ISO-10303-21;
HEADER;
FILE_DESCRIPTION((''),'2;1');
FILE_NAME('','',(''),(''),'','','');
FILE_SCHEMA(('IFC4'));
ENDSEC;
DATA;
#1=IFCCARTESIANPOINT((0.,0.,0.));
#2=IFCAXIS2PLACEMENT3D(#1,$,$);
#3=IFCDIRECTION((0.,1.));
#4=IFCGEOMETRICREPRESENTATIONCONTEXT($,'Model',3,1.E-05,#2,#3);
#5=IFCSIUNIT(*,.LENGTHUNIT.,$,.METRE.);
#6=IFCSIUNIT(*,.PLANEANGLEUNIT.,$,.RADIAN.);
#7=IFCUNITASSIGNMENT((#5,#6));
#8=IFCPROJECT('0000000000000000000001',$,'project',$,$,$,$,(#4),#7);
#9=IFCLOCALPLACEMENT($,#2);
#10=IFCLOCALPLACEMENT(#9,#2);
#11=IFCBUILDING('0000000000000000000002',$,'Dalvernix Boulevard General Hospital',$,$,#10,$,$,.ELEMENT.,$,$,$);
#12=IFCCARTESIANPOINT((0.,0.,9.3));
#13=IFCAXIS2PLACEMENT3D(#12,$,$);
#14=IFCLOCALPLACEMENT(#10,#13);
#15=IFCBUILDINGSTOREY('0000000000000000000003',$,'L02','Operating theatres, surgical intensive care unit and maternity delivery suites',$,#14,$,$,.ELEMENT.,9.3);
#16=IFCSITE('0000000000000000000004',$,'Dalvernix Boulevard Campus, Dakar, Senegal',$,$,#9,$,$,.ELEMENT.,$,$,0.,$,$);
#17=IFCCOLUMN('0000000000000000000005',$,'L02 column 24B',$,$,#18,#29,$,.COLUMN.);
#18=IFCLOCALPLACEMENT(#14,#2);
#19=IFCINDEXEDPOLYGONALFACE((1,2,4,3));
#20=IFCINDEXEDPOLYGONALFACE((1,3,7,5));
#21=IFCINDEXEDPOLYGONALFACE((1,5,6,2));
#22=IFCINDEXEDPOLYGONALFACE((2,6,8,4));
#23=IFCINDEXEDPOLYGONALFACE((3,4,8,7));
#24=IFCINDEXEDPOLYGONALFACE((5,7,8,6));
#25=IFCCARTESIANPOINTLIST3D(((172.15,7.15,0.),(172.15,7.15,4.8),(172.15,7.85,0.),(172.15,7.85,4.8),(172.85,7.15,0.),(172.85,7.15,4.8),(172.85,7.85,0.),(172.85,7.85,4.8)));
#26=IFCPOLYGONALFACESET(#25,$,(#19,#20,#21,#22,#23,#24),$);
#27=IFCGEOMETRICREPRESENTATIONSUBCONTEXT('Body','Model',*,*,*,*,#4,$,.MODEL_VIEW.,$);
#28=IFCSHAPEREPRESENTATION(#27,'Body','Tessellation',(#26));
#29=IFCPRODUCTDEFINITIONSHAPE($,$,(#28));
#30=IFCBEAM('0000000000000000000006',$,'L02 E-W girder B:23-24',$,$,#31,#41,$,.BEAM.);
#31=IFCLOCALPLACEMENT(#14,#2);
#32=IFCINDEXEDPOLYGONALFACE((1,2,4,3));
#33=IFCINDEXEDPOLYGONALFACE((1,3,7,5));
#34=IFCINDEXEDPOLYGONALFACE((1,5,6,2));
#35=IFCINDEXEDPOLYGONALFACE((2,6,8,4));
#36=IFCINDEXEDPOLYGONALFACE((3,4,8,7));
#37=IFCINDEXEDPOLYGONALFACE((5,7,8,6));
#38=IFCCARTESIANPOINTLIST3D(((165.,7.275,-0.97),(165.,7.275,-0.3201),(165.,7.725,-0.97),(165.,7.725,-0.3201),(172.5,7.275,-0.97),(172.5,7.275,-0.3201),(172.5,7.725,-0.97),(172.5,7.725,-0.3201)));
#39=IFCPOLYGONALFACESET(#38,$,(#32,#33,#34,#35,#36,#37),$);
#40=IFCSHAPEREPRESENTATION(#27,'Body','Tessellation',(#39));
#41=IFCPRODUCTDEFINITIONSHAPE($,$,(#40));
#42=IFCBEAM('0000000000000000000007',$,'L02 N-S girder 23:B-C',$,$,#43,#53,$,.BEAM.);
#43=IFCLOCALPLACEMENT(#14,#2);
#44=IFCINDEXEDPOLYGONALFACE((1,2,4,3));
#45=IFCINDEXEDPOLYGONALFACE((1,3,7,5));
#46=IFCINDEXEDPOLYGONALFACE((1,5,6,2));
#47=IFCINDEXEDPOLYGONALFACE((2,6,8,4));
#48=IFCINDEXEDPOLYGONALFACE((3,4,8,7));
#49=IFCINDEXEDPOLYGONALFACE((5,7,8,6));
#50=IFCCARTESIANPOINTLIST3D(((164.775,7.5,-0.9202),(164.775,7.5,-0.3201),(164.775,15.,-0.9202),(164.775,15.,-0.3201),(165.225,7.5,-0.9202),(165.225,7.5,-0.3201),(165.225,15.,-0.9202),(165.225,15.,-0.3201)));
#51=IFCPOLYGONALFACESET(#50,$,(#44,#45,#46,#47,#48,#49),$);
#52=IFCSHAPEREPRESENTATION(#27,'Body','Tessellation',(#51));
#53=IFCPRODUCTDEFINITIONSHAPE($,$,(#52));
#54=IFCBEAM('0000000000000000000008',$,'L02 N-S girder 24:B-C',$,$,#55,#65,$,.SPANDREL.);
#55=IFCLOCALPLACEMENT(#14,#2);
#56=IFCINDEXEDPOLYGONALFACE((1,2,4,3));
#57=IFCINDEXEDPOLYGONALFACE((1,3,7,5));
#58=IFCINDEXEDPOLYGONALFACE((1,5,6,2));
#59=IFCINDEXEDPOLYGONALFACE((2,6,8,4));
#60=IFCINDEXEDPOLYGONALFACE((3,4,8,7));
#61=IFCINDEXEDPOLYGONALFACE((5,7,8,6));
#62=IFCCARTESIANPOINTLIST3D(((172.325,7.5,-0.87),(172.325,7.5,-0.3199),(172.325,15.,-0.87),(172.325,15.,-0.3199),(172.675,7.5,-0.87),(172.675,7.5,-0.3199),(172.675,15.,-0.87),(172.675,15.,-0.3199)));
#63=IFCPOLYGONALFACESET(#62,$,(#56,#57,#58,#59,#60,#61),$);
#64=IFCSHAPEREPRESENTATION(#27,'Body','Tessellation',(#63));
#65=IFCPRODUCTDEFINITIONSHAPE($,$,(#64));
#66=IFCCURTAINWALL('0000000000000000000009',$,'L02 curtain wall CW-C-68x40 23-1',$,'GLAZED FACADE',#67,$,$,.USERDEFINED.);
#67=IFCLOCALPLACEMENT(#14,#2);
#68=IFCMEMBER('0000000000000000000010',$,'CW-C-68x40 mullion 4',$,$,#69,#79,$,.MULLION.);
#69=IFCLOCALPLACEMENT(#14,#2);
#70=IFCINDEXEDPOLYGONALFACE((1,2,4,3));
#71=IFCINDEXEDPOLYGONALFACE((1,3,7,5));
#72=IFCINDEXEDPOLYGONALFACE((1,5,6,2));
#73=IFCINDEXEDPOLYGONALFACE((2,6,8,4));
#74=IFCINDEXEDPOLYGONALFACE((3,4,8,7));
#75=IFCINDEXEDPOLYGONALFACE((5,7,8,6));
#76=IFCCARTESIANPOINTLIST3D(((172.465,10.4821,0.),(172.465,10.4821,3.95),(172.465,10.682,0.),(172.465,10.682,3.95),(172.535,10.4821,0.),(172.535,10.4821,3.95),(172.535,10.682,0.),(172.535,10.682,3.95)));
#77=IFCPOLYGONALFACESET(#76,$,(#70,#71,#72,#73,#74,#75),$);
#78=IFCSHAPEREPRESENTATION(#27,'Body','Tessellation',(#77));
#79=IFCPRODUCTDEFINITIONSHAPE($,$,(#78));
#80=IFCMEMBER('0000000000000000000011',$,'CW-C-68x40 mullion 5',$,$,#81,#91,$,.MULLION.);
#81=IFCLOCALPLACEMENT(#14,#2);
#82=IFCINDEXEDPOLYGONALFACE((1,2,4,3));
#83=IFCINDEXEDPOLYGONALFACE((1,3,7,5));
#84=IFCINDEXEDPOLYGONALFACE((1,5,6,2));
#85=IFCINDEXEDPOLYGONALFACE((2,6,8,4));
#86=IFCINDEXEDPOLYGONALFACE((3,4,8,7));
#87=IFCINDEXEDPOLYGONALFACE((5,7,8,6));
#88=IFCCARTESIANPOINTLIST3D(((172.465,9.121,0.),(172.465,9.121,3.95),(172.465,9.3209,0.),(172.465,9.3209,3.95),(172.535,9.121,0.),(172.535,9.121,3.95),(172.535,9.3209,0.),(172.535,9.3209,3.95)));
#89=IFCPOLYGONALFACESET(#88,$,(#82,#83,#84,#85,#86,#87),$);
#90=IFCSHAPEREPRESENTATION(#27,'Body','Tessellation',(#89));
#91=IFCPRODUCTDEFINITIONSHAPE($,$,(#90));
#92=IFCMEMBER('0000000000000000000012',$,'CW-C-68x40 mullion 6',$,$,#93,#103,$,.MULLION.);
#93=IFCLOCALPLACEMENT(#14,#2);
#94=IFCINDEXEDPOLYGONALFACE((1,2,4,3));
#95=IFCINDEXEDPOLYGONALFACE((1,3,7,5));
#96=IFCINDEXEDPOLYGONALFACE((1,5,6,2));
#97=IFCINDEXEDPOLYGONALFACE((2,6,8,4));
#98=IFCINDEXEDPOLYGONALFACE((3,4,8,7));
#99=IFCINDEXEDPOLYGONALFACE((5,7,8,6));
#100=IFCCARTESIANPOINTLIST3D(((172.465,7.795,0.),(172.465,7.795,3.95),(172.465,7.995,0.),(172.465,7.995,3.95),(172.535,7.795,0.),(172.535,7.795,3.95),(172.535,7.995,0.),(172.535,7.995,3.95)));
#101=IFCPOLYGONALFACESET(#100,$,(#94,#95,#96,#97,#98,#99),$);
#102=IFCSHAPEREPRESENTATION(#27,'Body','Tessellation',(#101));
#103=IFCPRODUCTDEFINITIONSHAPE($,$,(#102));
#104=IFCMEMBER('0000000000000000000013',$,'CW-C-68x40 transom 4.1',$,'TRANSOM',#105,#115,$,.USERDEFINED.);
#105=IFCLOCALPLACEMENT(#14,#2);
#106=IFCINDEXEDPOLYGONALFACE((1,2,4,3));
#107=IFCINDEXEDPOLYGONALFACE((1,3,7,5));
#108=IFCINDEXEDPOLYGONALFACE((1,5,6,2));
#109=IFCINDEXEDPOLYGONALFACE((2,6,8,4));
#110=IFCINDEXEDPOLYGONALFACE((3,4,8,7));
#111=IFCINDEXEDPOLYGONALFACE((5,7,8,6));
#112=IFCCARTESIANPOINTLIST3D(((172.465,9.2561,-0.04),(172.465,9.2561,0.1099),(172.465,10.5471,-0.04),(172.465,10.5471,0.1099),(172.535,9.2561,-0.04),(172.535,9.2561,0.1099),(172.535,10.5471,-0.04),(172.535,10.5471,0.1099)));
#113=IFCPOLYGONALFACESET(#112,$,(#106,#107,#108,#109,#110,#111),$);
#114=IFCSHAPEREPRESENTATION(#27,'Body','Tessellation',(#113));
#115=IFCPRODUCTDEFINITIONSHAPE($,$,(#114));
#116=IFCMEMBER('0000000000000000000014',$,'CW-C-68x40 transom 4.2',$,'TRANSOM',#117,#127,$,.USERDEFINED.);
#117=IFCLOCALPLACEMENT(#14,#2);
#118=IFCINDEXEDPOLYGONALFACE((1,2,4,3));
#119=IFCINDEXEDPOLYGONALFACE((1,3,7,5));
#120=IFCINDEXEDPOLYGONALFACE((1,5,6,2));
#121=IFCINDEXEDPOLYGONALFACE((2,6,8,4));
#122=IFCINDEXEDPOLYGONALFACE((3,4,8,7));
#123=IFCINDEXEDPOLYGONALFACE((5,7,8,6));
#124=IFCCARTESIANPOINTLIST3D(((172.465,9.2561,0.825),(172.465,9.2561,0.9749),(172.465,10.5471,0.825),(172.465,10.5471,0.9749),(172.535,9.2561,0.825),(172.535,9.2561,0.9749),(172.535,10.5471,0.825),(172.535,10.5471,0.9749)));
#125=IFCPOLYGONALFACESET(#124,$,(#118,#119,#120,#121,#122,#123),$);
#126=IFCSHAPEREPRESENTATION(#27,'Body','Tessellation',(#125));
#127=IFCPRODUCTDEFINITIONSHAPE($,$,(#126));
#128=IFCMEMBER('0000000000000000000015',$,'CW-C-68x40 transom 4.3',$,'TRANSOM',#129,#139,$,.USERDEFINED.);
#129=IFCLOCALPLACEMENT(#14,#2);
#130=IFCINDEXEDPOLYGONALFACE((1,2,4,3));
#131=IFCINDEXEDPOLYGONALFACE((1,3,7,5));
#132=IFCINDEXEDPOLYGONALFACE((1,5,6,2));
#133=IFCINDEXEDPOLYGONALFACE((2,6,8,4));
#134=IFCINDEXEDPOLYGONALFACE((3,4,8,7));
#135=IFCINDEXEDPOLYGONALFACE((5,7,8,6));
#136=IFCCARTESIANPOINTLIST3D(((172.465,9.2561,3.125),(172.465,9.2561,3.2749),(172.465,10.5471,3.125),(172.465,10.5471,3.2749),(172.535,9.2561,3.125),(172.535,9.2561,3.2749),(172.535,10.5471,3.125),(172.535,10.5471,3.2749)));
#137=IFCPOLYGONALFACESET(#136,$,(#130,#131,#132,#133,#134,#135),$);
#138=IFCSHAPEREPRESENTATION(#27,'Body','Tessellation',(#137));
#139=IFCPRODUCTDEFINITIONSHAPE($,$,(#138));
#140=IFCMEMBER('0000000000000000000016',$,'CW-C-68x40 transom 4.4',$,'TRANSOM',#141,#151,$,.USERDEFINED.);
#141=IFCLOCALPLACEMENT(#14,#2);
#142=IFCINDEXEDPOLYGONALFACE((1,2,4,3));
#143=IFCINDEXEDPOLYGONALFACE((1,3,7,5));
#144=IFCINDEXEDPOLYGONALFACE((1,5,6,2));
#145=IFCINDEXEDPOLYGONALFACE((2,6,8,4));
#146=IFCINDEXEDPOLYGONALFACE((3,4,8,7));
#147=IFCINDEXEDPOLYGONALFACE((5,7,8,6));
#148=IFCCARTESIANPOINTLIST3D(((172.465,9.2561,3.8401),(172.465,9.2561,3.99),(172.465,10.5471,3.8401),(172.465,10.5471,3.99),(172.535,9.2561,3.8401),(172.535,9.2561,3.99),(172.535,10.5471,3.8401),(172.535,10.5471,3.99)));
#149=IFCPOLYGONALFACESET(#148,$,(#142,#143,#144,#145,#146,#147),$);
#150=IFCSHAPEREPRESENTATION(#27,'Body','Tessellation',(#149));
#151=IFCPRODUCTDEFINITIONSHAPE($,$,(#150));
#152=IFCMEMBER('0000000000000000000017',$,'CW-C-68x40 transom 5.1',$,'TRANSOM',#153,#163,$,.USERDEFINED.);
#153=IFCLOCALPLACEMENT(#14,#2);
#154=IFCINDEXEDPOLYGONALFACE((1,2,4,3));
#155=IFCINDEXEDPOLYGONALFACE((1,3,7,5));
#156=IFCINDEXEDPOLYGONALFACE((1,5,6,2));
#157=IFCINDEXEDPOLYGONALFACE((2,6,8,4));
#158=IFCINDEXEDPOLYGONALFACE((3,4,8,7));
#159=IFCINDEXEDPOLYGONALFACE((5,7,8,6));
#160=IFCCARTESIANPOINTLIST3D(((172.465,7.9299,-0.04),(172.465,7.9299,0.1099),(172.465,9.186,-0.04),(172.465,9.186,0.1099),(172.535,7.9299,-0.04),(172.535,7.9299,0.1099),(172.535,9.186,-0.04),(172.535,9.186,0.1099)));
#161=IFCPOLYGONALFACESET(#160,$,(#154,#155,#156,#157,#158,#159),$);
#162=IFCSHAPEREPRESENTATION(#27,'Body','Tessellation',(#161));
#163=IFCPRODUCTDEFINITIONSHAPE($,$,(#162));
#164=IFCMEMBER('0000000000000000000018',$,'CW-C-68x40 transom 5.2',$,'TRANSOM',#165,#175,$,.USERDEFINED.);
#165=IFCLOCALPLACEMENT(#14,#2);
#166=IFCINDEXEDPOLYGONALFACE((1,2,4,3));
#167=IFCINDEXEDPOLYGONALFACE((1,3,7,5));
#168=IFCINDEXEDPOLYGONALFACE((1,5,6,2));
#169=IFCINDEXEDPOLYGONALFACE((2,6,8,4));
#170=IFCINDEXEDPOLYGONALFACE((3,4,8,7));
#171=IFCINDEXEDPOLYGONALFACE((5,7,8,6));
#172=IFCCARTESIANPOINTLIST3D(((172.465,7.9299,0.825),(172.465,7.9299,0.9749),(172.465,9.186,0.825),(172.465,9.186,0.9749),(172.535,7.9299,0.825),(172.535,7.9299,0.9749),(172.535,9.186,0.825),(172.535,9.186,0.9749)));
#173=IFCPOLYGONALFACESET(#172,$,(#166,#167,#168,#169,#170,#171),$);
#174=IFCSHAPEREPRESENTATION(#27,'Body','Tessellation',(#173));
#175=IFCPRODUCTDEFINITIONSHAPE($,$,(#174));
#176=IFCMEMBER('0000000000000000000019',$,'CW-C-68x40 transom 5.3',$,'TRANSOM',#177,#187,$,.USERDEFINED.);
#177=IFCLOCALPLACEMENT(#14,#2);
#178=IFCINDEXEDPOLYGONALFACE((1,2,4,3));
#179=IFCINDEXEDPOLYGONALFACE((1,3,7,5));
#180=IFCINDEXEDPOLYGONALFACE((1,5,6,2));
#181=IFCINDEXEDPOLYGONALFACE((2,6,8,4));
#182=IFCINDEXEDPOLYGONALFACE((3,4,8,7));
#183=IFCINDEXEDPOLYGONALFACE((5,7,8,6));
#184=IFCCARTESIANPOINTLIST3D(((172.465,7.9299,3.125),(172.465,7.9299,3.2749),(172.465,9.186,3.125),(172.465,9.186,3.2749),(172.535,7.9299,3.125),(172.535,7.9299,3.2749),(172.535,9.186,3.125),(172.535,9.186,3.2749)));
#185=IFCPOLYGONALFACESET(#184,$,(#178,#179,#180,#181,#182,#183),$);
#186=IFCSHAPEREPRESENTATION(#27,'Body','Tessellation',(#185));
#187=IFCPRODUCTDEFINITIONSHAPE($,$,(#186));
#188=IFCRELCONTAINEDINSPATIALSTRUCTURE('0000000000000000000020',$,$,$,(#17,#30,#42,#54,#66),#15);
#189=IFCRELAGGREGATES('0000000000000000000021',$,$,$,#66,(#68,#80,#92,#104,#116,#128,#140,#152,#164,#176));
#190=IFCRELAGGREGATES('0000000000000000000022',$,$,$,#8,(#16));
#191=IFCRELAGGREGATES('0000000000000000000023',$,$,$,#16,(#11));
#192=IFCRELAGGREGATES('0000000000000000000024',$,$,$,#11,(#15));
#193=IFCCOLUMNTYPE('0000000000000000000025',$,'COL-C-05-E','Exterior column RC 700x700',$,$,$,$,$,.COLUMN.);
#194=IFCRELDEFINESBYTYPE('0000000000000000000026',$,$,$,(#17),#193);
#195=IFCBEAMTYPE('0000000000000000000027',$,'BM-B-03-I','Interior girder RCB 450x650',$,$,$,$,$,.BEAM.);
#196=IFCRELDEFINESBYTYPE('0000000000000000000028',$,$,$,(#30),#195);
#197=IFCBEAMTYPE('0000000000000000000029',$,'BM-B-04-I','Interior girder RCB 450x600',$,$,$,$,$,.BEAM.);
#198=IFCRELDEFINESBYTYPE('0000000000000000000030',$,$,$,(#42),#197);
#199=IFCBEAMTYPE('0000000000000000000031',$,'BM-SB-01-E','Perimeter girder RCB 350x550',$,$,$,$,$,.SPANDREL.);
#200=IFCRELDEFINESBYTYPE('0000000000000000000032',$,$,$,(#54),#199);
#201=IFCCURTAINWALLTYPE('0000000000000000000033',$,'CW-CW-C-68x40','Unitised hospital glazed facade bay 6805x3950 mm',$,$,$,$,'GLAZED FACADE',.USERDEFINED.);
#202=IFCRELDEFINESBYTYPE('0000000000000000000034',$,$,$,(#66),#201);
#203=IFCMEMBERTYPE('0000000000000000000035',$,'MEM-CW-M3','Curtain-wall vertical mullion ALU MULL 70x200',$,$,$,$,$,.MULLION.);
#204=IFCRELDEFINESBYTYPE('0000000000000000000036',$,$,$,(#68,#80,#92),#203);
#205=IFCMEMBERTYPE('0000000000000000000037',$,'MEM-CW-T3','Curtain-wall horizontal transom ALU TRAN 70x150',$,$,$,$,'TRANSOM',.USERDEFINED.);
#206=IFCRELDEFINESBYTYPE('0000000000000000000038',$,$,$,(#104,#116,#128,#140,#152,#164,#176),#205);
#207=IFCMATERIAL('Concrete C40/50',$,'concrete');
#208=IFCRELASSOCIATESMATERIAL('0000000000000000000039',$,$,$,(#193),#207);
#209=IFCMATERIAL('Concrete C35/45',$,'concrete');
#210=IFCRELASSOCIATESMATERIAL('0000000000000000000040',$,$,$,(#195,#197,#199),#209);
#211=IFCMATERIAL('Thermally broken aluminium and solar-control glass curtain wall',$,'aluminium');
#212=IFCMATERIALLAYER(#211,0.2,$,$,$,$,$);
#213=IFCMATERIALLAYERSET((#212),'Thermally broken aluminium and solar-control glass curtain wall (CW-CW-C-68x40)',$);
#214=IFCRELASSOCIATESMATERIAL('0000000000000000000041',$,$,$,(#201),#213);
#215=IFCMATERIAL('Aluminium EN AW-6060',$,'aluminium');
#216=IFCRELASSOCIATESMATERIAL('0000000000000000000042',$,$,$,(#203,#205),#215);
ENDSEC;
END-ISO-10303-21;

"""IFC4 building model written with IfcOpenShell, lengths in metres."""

from ifc_helpers import new_model, si_unit, direction, frame, origin, origin_2d, place, context, subcontext, project, spatial, rectangle, extrude, material, layer, layer_set, material_profile, profile_set, type_object, element, aggregate, save


model = new_model("IFC4")

# Units and contexts
model_context = context("Model", 3, precision=1e-05, world=origin(), true_north=direction((0.0, 1.0)))
body_context = subcontext(model_context, "Body", "Model", "MODEL_VIEW")
ifc_project = project(units=[si_unit("LENGTHUNIT", "METRE"), si_unit("PLANEANGLEUNIT", "RADIAN")], contexts=[model_context])

# Site, building, storey
site_placement = place(None, origin())
site = spatial("IfcSite", under=ifc_project, at=site_placement, Name="Dalvernix Boulevard Campus, Dakar, Senegal", CompositionType="ELEMENT", RefElevation=0.0)
building_placement = place(site_placement, origin())
building = spatial("IfcBuilding", under=site, at=building_placement, Name="Dalvernix Boulevard General Hospital", CompositionType="ELEMENT")
storey_placement = place(building_placement, frame((0.0, 0.0, 9.3)))
storey = spatial("IfcBuildingStorey", under=building, at=storey_placement, Name="L02", Description="Operating theatres, surgical intensive care unit and maternity delivery suites", CompositionType="ELEMENT", Elevation=9.3)

# Column
ifc_material_1 = material(Name="Concrete C40/50", Category="concrete")
ifc_material_profile_1 = material_profile(ifc_material_1, rectangle(XDim=0.7, YDim=0.7, at=origin_2d()), Name="RC 700x700")
ifc_profile_set_1 = profile_set([ifc_material_profile_1], Name="Concrete C40/50")
column_type = type_object("IfcColumnType", Name="COL-C-05-E", Description="Exterior column RC 700x700", PredefinedType="COLUMN", material=ifc_profile_set_1)
column_placement = place(storey_placement, frame((172.5, 7.5, 0.0), z_axis=(0.0, 0.0, 1.0), x_axis=(1.0, 0.0, 0.0)))
element("IfcColumn", 1, at=column_placement, inside=storey, type_object=column_type, Name="L02 column 24B", PredefinedType="COLUMN", context=body_context, shape_type="SweptSolid", body=[
    extrude(rectangle(XDim=0.7, YDim=0.7, at=origin_2d()), origin(), (0.0, 0.0, 1.0), 4.8),
])

# Beams
ifc_material_2 = material(Name="Concrete C35/45", Category="concrete")
ifc_material_profile_2 = material_profile(ifc_material_2, rectangle(XDim=0.45, YDim=0.6499, at=origin_2d()), Name="RCB 450x650")
ifc_profile_set_2 = profile_set([ifc_material_profile_2], Name="Concrete C35/45")
beam_type_1 = type_object("IfcBeamType", Name="BM-B-03-I", Description="Interior girder RCB 450x650", PredefinedType="BEAM", material=ifc_profile_set_2)
beam_1_placement = place(storey_placement, frame((165.0, 7.5, -0.645), z_axis=(1.0, 0.0, 0.0), x_axis=(0.0, 1.0, 0.0)))
element("IfcBeam", 2, at=beam_1_placement, inside=storey, type_object=beam_type_1, Name="L02 E-W girder B:23-24", PredefinedType="BEAM", context=body_context, shape_type="SweptSolid", body=[
    extrude(rectangle(XDim=0.45, YDim=0.6499, at=origin_2d()), origin(), (0.0, 0.0, 1.0), 7.5),
])
ifc_material_profile_3 = material_profile(ifc_material_2, rectangle(XDim=0.45, YDim=0.6001, at=origin_2d()), Name="RCB 450x600")
ifc_profile_set_3 = profile_set([ifc_material_profile_3], Name="Concrete C35/45")
beam_type_2 = type_object("IfcBeamType", Name="BM-B-04-I", Description="Interior girder RCB 450x600", PredefinedType="BEAM", material=ifc_profile_set_3)
beam_2_placement = place(storey_placement, frame((165.0, 7.5, -0.6201), z_axis=(0.0, 1.0, 0.0), x_axis=(-1.0, 0.0, 0.0)))
element("IfcBeam", 3, at=beam_2_placement, inside=storey, type_object=beam_type_2, Name="L02 N-S girder 23:B-C", PredefinedType="BEAM", context=body_context, shape_type="SweptSolid", body=[
    extrude(rectangle(XDim=0.45, YDim=0.6001, at=origin_2d()), origin(), (0.0, 0.0, 1.0), 7.5),
])
ifc_material_profile_4 = material_profile(ifc_material_2, rectangle(XDim=0.3501, YDim=0.55, at=origin_2d()), Name="RCB 350x550")
ifc_profile_set_4 = profile_set([ifc_material_profile_4], Name="Concrete C35/45")
beam_type_3 = type_object("IfcBeamType", Name="BM-SB-01-E", Description="Perimeter girder RCB 350x550", PredefinedType="SPANDREL", material=ifc_profile_set_4)
beam_3_placement = place(storey_placement, frame((172.5, 7.5, -0.595), z_axis=(0.0, 1.0, 0.0), x_axis=(-1.0, 0.0, 0.0)))
element("IfcBeam", 4, at=beam_3_placement, inside=storey, type_object=beam_type_3, Name="L02 N-S girder 24:B-C", PredefinedType="SPANDREL", context=body_context, shape_type="SweptSolid", body=[
    extrude(rectangle(XDim=0.3501, YDim=0.55, at=origin_2d()), origin(), (0.0, 0.0, 1.0), 7.5),
])

# Curtain wall, members
ifc_material_3 = material(Name="Thermally broken aluminium and solar-control glass curtain wall", Category="aluminium")
ifc_layer_1 = layer(ifc_material_3, 0.2)
ifc_layer_set_1 = layer_set([ifc_layer_1], Name="Thermally broken aluminium and solar-control glass curtain wall (CW-CW-C-68x40)")
curtain_wall_type = type_object("IfcCurtainWallType", Name="CW-CW-C-68x40", Description="Unitised hospital glazed facade bay 6805x3950 mm", ElementType="GLAZED FACADE", PredefinedType="USERDEFINED", material=ifc_layer_set_1)
curtain_wall_placement = place(storey_placement, origin())
curtain_wall = element("IfcCurtainWall", 5, at=curtain_wall_placement, inside=storey, type_object=curtain_wall_type, Name="L02 curtain wall CW-C-68x40 23-1", ObjectType="GLAZED FACADE", PredefinedType="USERDEFINED")
ifc_material_4 = material(Name="Aluminium EN AW-6060", Category="aluminium")
ifc_material_profile_5 = material_profile(ifc_material_4, rectangle(XDim=0.0701, YDim=0.2, at=origin_2d()), Name="ALU MULL 70x200")
ifc_profile_set_5 = profile_set([ifc_material_profile_5], Name="Aluminium EN AW-6060")
member_type_1 = type_object("IfcMemberType", Name="MEM-CW-M3", Description="Curtain-wall vertical mullion ALU MULL 70x200", PredefinedType="MULLION", material=ifc_profile_set_5)
member_1_placement = place(storey_placement, frame((172.5, 10.582, 0.0), z_axis=(0.0, 0.0, 1.0), x_axis=(1.0, 0.0, 0.0)))
member_1 = element("IfcMember", 6, at=member_1_placement, type_object=member_type_1, Name="CW-C-68x40 mullion 4", PredefinedType="MULLION", context=body_context, shape_type="SweptSolid", body=[
    extrude(rectangle(XDim=0.0701, YDim=0.2, at=origin_2d()), origin(), (0.0, 0.0, 1.0), 3.95),
])
member_2_placement = place(storey_placement, frame((172.5, 9.2209, 0.0), z_axis=(0.0, 0.0, 1.0), x_axis=(1.0, 0.0, 0.0)))
member_2 = element("IfcMember", 7, at=member_2_placement, type_object=member_type_1, Name="CW-C-68x40 mullion 5", PredefinedType="MULLION", context=body_context, shape_type="SweptSolid", body=[
    extrude(rectangle(XDim=0.0701, YDim=0.2, at=origin_2d()), origin(), (0.0, 0.0, 1.0), 3.95),
])
member_3_placement = place(storey_placement, frame((172.5, 7.895, 0.0), z_axis=(0.0, 0.0, 1.0), x_axis=(1.0, 0.0, 0.0)))
member_3 = element("IfcMember", 8, at=member_3_placement, type_object=member_type_1, Name="CW-C-68x40 mullion 6", PredefinedType="MULLION", context=body_context, shape_type="SweptSolid", body=[
    extrude(rectangle(XDim=0.0701, YDim=0.2, at=origin_2d()), origin(), (0.0, 0.0, 1.0), 3.95),
])
ifc_material_profile_6 = material_profile(ifc_material_4, rectangle(XDim=0.0701, YDim=0.1499, at=origin_2d()), Name="ALU TRAN 70x150")
ifc_profile_set_6 = profile_set([ifc_material_profile_6], Name="Aluminium EN AW-6060")
member_type_2 = type_object("IfcMemberType", Name="MEM-CW-T3", Description="Curtain-wall horizontal transom ALU TRAN 70x150", ElementType="TRANSOM", PredefinedType="USERDEFINED", material=ifc_profile_set_6)
member_4_placement = place(storey_placement, frame((172.5, 10.5471, 0.0349), z_axis=(0.0, -1.0, 0.0), x_axis=(1.0, 0.0, 0.0)))
member_4 = element("IfcMember", 9, at=member_4_placement, type_object=member_type_2, Name="CW-C-68x40 transom 4.1", ObjectType="TRANSOM", PredefinedType="USERDEFINED", context=body_context, shape_type="SweptSolid", body=[
    extrude(rectangle(XDim=0.0701, YDim=0.1499, at=origin_2d()), origin(), (0.0, 0.0, 1.0), 1.291),
])
member_5_placement = place(storey_placement, frame((172.5, 10.5471, 0.8999), z_axis=(0.0, -1.0, 0.0), x_axis=(1.0, 0.0, 0.0)))
member_5 = element("IfcMember", 10, at=member_5_placement, type_object=member_type_2, Name="CW-C-68x40 transom 4.2", ObjectType="TRANSOM", PredefinedType="USERDEFINED", context=body_context, shape_type="SweptSolid", body=[
    extrude(rectangle(XDim=0.0701, YDim=0.1499, at=origin_2d()), origin(), (0.0, 0.0, 1.0), 1.291),
])
member_6_placement = place(storey_placement, frame((172.5, 10.5471, 3.2), z_axis=(0.0, -1.0, 0.0), x_axis=(1.0, 0.0, 0.0)))
member_6 = element("IfcMember", 11, at=member_6_placement, type_object=member_type_2, Name="CW-C-68x40 transom 4.3", ObjectType="TRANSOM", PredefinedType="USERDEFINED", context=body_context, shape_type="SweptSolid", body=[
    extrude(rectangle(XDim=0.0701, YDim=0.1499, at=origin_2d()), origin(), (0.0, 0.0, 1.0), 1.291),
])
member_7_placement = place(storey_placement, frame((172.5, 10.5471, 3.915), z_axis=(0.0, -1.0, 0.0), x_axis=(1.0, 0.0, 0.0)))
member_7 = element("IfcMember", 12, at=member_7_placement, type_object=member_type_2, Name="CW-C-68x40 transom 4.4", ObjectType="TRANSOM", PredefinedType="USERDEFINED", context=body_context, shape_type="SweptSolid", body=[
    extrude(rectangle(XDim=0.0701, YDim=0.1499, at=origin_2d()), origin(), (0.0, 0.0, 1.0), 1.291),
])
member_8_placement = place(storey_placement, frame((172.5, 9.186, 0.0349), z_axis=(0.0, -1.0, 0.0), x_axis=(1.0, 0.0, 0.0)))
member_8 = element("IfcMember", 13, at=member_8_placement, type_object=member_type_2, Name="CW-C-68x40 transom 5.1", ObjectType="TRANSOM", PredefinedType="USERDEFINED", context=body_context, shape_type="SweptSolid", body=[
    extrude(rectangle(XDim=0.0701, YDim=0.1499, at=origin_2d()), origin(), (0.0, 0.0, 1.0), 1.2561),
])
member_9_placement = place(storey_placement, frame((172.5, 9.186, 0.8999), z_axis=(0.0, -1.0, 0.0), x_axis=(1.0, 0.0, 0.0)))
member_9 = element("IfcMember", 14, at=member_9_placement, type_object=member_type_2, Name="CW-C-68x40 transom 5.2", ObjectType="TRANSOM", PredefinedType="USERDEFINED", context=body_context, shape_type="SweptSolid", body=[
    extrude(rectangle(XDim=0.0701, YDim=0.1499, at=origin_2d()), origin(), (0.0, 0.0, 1.0), 1.2561),
])
member_10_placement = place(storey_placement, frame((172.5, 9.186, 3.2), z_axis=(0.0, -1.0, 0.0), x_axis=(1.0, 0.0, 0.0)))
member_10 = element("IfcMember", 15, at=member_10_placement, type_object=member_type_2, Name="CW-C-68x40 transom 5.3", ObjectType="TRANSOM", PredefinedType="USERDEFINED", context=body_context, shape_type="SweptSolid", body=[
    extrude(rectangle(XDim=0.0701, YDim=0.1499, at=origin_2d()), origin(), (0.0, 0.0, 1.0), 1.2561),
])
aggregate(curtain_wall, [member_1, member_2, member_3, member_4, member_5, member_6, member_7, member_8, member_9, member_10])

save(model, "model.ifc")
